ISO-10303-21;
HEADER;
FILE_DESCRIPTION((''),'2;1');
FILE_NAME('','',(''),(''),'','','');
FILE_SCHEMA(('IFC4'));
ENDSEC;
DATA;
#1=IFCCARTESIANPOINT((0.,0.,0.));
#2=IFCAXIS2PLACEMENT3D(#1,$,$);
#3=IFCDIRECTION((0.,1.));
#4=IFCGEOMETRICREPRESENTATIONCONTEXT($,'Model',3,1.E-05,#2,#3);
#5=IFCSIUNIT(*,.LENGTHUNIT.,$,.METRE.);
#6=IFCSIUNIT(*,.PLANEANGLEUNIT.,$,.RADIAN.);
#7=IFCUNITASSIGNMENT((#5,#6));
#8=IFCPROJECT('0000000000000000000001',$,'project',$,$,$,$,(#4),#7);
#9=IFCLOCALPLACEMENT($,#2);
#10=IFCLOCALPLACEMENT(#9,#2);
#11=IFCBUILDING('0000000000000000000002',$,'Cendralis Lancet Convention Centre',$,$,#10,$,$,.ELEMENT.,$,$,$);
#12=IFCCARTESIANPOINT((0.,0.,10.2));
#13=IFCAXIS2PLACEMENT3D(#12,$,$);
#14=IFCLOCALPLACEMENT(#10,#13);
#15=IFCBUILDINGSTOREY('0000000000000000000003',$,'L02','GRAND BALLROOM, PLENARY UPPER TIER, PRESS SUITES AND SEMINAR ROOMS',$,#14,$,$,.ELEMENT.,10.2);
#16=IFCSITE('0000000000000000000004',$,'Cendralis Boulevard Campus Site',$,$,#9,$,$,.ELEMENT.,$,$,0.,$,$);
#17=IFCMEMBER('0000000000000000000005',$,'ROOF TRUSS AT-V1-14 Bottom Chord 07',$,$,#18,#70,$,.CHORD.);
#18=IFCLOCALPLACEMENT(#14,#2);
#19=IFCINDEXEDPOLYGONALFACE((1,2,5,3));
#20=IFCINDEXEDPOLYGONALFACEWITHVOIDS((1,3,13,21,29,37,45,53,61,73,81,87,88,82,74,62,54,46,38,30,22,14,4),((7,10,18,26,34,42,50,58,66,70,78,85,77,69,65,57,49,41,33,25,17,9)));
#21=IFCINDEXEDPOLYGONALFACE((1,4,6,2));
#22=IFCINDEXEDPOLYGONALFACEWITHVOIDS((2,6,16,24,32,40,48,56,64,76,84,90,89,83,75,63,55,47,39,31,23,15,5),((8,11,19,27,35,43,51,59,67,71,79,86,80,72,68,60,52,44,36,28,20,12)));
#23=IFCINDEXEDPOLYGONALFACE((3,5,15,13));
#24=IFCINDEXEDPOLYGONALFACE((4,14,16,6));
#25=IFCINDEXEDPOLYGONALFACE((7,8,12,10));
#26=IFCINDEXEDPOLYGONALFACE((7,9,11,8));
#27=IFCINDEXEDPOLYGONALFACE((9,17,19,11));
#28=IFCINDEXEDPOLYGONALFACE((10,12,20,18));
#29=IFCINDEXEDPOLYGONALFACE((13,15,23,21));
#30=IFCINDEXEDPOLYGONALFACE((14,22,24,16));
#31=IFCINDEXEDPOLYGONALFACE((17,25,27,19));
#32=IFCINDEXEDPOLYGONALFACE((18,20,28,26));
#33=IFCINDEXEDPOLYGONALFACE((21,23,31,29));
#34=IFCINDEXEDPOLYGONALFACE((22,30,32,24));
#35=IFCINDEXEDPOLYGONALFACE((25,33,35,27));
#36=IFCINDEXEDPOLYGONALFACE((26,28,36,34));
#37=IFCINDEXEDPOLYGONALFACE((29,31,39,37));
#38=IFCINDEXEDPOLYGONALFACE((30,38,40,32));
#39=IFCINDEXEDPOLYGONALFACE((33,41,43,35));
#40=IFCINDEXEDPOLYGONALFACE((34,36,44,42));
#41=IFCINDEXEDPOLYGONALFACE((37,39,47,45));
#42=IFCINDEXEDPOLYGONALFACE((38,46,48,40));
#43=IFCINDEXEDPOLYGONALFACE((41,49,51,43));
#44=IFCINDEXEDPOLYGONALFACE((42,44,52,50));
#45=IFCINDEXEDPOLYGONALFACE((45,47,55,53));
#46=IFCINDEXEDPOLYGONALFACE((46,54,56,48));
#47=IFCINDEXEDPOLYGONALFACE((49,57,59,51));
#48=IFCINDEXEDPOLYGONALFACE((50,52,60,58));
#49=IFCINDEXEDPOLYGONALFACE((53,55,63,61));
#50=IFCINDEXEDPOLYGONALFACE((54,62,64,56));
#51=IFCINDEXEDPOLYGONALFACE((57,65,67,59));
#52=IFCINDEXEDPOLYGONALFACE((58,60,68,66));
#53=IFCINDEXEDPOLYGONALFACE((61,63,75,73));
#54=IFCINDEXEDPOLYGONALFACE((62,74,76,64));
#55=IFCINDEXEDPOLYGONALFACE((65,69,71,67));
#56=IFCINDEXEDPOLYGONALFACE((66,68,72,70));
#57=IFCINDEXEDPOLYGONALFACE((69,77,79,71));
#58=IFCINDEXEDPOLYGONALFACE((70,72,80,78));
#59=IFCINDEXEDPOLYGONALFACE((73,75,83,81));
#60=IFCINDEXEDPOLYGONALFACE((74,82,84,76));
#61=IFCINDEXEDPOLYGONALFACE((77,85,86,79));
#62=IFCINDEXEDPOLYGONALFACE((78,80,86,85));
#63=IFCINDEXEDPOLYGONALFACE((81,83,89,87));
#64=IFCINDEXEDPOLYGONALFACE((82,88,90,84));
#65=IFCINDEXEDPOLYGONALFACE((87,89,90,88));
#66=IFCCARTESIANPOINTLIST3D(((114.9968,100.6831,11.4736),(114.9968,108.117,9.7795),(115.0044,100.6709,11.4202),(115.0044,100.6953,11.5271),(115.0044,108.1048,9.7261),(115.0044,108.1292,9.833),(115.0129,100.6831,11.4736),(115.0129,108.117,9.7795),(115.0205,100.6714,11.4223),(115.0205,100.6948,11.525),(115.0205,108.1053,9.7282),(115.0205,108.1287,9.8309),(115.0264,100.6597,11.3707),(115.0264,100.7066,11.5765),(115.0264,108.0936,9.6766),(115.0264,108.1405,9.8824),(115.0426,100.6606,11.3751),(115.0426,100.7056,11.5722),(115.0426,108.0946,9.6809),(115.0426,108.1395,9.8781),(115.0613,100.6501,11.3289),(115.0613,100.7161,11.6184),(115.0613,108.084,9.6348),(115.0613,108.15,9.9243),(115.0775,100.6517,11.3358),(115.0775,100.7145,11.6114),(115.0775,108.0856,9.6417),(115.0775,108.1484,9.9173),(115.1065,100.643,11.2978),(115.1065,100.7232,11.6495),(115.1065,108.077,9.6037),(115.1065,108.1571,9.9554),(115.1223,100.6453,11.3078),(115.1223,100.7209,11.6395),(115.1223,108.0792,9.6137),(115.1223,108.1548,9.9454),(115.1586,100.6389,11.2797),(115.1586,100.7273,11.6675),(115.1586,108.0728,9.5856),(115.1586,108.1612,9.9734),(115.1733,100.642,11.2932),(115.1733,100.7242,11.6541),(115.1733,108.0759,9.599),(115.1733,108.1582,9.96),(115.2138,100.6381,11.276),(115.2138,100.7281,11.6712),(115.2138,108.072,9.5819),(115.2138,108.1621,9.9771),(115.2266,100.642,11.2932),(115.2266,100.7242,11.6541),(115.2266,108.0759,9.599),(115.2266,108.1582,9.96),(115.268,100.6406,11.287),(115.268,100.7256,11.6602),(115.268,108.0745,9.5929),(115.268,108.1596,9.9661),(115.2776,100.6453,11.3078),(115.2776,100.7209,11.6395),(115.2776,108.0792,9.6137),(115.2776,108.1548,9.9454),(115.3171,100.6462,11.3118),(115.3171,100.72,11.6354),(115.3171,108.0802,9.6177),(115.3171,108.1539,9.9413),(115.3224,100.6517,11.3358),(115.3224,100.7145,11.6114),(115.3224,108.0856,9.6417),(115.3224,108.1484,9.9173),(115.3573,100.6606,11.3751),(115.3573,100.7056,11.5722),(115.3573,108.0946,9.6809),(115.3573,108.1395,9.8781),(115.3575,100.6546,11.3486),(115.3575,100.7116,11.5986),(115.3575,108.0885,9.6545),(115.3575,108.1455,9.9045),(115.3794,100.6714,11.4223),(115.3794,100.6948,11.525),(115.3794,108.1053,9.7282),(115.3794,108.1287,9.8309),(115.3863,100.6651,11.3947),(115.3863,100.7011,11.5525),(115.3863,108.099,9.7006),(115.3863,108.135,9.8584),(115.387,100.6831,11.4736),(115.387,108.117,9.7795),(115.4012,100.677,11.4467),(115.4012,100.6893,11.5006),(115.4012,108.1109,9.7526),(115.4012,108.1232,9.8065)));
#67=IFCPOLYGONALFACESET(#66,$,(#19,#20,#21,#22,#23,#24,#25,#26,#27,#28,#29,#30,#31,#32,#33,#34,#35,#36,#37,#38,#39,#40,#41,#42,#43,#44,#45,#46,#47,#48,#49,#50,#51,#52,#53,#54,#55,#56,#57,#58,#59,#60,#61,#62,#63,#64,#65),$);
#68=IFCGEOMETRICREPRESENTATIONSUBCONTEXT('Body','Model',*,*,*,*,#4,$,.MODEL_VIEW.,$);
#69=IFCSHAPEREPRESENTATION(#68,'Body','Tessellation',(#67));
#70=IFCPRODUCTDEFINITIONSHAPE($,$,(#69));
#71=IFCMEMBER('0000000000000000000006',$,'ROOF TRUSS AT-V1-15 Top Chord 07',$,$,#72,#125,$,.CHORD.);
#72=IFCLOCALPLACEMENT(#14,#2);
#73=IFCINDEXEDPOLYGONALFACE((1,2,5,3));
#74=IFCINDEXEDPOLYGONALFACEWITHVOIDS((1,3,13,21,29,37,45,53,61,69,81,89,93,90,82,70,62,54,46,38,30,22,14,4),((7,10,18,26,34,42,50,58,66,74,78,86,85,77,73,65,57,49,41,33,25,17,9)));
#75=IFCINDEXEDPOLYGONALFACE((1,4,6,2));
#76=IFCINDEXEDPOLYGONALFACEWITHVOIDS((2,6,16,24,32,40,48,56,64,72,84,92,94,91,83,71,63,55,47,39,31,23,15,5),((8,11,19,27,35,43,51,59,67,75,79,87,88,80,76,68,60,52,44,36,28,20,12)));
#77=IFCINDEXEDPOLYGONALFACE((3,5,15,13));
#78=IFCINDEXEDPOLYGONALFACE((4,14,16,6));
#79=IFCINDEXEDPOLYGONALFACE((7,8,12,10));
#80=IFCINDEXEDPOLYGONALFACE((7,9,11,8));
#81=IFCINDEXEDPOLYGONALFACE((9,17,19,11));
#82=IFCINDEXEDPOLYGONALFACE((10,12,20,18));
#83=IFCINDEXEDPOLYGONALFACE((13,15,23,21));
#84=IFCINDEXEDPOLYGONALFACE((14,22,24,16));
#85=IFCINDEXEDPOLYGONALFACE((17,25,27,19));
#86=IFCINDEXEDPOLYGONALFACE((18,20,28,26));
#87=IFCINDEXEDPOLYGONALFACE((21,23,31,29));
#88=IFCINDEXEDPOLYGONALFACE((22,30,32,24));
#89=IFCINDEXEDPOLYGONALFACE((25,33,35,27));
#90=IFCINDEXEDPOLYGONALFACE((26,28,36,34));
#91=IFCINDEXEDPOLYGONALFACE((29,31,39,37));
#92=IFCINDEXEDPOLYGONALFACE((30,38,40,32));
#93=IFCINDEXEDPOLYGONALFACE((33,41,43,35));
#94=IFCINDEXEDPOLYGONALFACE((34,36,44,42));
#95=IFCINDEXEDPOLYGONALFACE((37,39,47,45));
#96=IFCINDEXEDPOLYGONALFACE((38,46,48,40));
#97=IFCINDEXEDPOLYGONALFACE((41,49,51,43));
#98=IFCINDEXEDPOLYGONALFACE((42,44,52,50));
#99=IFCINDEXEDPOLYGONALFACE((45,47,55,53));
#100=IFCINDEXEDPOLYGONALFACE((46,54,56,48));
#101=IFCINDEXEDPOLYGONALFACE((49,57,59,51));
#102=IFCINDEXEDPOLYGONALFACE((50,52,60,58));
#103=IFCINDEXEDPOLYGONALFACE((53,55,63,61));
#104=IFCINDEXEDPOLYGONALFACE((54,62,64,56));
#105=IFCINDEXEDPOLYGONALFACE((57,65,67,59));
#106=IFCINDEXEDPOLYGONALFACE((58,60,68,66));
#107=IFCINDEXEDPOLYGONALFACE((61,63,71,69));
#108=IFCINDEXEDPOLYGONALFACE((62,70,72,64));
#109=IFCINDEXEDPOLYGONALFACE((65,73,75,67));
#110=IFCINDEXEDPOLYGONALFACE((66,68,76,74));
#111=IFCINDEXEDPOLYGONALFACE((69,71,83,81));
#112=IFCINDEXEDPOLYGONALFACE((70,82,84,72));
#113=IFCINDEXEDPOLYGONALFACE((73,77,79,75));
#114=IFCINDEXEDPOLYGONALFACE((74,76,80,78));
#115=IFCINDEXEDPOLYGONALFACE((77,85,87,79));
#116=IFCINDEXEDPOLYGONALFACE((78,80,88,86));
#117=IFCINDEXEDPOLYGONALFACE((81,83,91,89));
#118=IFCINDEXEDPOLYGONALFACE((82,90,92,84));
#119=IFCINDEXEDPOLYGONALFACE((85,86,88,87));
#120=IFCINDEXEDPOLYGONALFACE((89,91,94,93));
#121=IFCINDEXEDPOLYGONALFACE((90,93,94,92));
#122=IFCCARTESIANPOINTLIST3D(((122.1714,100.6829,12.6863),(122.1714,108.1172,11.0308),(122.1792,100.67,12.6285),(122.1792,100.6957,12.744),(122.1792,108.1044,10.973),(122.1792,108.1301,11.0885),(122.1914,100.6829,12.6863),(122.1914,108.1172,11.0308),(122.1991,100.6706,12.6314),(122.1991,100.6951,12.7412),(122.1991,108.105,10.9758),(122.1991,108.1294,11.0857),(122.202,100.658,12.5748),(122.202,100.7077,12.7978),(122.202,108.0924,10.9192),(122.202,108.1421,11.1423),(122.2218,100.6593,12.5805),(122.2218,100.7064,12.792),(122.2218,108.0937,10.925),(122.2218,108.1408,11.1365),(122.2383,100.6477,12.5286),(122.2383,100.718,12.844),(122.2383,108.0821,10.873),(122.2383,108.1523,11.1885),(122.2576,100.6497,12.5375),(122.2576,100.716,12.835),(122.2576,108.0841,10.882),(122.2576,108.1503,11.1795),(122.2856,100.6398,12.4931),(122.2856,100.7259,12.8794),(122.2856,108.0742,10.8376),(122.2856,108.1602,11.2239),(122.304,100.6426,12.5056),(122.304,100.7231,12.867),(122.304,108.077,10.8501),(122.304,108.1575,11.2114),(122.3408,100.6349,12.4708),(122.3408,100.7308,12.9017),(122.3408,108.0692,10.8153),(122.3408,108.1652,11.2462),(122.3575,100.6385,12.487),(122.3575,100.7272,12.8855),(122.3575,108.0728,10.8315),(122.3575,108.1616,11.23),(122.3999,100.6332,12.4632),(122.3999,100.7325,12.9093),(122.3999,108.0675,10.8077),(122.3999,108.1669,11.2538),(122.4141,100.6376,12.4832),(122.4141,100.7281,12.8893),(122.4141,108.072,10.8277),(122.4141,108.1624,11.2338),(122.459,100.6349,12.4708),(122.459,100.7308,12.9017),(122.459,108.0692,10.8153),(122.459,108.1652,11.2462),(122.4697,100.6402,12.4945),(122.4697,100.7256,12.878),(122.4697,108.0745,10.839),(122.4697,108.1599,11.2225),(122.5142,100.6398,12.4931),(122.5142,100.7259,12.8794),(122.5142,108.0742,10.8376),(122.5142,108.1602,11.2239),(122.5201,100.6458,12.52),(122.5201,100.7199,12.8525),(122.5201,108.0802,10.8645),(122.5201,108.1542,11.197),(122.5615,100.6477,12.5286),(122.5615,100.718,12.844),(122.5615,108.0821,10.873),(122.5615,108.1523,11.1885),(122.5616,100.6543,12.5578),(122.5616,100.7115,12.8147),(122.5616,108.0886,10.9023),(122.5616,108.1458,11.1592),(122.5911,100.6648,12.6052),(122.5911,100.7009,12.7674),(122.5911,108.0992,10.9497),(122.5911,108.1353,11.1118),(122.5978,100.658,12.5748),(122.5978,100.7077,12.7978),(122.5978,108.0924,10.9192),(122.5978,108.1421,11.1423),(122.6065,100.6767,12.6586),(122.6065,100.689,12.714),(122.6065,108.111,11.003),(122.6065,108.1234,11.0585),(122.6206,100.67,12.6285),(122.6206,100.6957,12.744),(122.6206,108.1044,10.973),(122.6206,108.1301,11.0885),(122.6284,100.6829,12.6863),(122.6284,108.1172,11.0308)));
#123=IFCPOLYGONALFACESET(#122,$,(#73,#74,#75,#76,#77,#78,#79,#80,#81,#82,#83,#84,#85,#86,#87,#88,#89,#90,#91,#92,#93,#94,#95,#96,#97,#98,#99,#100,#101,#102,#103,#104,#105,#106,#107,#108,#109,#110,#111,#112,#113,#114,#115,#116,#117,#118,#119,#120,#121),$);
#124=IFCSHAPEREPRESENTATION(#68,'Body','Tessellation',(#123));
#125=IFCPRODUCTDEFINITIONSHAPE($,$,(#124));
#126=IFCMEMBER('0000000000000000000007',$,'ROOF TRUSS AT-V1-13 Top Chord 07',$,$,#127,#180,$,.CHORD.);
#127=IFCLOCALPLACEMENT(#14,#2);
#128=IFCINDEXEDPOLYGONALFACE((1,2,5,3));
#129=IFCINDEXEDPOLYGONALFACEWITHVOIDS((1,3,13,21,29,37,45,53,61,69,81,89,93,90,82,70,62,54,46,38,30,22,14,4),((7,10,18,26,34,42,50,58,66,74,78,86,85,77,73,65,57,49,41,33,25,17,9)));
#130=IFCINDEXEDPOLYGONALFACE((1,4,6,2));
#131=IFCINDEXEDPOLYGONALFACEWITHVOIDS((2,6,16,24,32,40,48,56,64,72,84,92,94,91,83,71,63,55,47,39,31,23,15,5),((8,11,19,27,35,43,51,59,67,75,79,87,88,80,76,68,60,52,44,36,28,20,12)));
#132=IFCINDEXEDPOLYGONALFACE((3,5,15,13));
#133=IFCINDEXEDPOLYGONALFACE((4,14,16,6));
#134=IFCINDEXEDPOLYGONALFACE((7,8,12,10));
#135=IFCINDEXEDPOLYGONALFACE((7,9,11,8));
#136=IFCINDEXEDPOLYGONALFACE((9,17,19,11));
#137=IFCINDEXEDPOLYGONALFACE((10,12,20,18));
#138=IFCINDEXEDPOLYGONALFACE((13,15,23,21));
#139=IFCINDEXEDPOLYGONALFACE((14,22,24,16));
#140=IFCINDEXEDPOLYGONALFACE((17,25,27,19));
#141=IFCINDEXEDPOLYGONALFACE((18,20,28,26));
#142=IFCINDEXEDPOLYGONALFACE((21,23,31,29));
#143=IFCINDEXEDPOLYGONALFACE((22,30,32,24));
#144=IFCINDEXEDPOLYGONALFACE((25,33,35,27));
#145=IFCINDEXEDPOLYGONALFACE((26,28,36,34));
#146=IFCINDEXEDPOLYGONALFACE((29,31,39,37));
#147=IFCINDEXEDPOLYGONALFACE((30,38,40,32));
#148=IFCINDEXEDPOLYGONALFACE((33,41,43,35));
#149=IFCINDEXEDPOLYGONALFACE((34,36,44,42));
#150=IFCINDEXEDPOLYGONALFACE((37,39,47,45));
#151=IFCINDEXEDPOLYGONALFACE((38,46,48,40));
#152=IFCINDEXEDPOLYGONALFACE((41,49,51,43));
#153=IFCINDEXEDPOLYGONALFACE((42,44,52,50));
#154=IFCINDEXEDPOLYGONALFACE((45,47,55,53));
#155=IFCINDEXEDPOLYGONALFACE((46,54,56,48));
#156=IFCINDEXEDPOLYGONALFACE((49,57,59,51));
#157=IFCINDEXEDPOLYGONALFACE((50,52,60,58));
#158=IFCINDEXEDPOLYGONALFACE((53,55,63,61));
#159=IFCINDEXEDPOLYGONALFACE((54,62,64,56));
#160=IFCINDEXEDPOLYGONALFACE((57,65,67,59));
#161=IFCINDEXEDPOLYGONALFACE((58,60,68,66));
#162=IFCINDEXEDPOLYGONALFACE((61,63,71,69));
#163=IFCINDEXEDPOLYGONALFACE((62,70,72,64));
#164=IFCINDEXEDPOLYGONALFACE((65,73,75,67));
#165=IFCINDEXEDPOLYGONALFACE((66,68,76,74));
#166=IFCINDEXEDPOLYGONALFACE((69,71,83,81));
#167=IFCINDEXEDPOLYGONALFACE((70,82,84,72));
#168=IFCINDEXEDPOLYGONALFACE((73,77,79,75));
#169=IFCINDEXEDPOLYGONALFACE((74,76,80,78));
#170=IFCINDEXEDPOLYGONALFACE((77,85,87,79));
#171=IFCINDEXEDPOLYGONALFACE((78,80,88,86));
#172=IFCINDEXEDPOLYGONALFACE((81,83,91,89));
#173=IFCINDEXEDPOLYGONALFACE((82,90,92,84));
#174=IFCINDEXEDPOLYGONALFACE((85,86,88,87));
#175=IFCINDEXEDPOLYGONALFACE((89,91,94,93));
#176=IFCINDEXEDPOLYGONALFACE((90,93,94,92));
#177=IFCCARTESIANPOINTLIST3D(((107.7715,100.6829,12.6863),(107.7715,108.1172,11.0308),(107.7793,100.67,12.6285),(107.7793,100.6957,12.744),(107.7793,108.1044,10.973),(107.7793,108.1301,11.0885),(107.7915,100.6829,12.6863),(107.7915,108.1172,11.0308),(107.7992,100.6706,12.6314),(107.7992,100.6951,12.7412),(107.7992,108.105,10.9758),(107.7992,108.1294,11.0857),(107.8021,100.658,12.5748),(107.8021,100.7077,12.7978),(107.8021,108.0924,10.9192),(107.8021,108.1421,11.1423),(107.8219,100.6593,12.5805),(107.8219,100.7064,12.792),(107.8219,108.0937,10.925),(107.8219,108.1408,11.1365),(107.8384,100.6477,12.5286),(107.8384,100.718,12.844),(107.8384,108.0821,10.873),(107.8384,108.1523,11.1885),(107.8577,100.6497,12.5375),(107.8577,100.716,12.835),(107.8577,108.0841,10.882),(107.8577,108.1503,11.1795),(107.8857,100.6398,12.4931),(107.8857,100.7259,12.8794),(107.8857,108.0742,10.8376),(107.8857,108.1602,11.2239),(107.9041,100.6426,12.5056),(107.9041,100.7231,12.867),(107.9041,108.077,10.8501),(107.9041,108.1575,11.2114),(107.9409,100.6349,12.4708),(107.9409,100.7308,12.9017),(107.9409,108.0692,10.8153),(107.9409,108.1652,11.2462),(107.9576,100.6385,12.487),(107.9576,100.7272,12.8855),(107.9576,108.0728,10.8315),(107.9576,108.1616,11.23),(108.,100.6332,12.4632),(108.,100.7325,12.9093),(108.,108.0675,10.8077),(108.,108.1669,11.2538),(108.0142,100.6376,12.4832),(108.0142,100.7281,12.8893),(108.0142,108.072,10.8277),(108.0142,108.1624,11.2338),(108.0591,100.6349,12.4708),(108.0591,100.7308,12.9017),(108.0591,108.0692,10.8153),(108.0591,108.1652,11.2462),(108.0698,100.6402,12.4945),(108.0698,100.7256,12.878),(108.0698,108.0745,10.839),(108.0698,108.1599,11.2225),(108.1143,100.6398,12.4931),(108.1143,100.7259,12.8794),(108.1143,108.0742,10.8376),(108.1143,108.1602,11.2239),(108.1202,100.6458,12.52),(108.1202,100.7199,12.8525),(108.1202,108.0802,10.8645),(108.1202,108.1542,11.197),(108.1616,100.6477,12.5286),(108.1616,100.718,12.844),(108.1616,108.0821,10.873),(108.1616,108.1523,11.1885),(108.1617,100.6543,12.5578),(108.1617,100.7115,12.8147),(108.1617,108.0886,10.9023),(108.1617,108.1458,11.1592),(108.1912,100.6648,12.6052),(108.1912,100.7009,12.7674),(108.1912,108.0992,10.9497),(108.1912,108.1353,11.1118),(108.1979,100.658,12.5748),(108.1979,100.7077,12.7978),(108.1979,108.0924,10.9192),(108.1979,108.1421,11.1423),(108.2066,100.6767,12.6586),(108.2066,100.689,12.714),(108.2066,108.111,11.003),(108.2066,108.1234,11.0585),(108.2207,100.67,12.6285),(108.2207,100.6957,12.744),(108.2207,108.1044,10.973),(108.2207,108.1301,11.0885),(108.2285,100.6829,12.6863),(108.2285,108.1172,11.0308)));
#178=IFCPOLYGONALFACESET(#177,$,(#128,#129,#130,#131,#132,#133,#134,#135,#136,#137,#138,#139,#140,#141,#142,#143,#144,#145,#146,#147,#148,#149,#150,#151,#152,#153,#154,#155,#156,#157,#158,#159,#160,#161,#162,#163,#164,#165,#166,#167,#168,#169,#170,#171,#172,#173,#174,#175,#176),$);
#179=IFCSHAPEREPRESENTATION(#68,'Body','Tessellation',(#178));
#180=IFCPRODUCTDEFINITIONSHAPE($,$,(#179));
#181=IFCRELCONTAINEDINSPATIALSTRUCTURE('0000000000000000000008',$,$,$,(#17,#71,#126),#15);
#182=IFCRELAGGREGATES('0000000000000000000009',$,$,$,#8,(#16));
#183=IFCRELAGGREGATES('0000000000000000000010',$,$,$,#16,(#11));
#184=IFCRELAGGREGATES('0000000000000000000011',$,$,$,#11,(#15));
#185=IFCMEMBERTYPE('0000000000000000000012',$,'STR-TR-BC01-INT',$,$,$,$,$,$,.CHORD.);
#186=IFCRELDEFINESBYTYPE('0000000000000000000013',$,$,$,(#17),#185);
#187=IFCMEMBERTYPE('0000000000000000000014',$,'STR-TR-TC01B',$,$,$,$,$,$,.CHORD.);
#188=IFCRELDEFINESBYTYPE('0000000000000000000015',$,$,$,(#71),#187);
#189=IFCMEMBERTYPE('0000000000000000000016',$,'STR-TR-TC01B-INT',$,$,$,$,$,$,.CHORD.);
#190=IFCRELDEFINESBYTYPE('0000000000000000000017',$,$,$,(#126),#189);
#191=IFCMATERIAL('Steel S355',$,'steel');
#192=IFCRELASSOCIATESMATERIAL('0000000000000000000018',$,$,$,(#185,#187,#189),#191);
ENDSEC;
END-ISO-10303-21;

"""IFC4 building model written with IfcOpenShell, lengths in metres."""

from ifc_helpers import new_model, si_unit, direction, frame, origin, origin_2d, place, context, subcontext, project, spatial, hollow_circle, extrude, material, material_profile, profile_set, type_object, element, save


model = new_model("IFC4")

# Units and contexts
model_context = context("Model", 3, precision=1e-05, world=origin(), true_north=direction((0.0, 1.0)))
body_context = subcontext(model_context, "Body", "Model", "MODEL_VIEW")
ifc_project = project(units=[si_unit("LENGTHUNIT", "METRE"), si_unit("PLANEANGLEUNIT", "RADIAN")], contexts=[model_context])

# Site, building, storey
site_placement = place(None, origin())
site = spatial("IfcSite", under=ifc_project, at=site_placement, Name="Cendralis Boulevard Campus Site", CompositionType="ELEMENT", RefElevation=0.0)
building_placement = place(site_placement, origin())
building = spatial("IfcBuilding", under=site, at=building_placement, Name="Cendralis Lancet Convention Centre", CompositionType="ELEMENT")
storey_placement = place(building_placement, frame((0.0, 0.0, 10.2)))
storey = spatial("IfcBuildingStorey", under=building, at=storey_placement, Name="L02", Description="GRAND BALLROOM, PLENARY UPPER TIER, PRESS SUITES AND SEMINAR ROOMS", CompositionType="ELEMENT", Elevation=10.2)

# Shared definitions
ifc_material_1 = material(Name="Steel S355", Category="steel")

# Members
ifc_material_profile_1 = material_profile(ifc_material_1, hollow_circle(Radius=0.2031, WallThickness=0.0161, at=origin_2d()), Name="CHS 406.4x16.0")
ifc_profile_set_1 = profile_set([ifc_material_profile_1], Name="Steel S355")
member_type_1 = type_object("IfcMemberType", Name="STR-TR-BC01-INT", PredefinedType="CHORD", material=ifc_profile_set_1)
for number, where, z_axis, x_axis, name in (
    (1, (115.2, 100.6831, 11.4736), (0.0, 0.975003, -0.222193), (-1.0, 0.0, 0.0), "ROOF TRUSS AT-V1-14 Bottom Chord 07"),
):
    element("IfcMember", number, at=place(storey_placement, frame(where, z_axis=z_axis, x_axis=x_axis)), inside=storey, type_object=member_type_1, Name=name, PredefinedType="CHORD", context=body_context, shape_type="SweptSolid", body=[
        extrude(hollow_circle(Radius=0.2031, WallThickness=0.0161, at=origin_2d()), origin(), (0.0, 0.0, 1.0), 7.6245),
    ])
ifc_material_profile_2 = material_profile(ifc_material_1, hollow_circle(Radius=0.2285, WallThickness=0.02, at=origin_2d()), Name="CHS 457.0x20.0")
ifc_profile_set_2 = profile_set([ifc_material_profile_2], Name="Steel S355")
member_type_2 = type_object("IfcMemberType", Name="STR-TR-TC01B", PredefinedType="CHORD", material=ifc_profile_set_2)
member_1_placement = place(storey_placement, frame((122.3999, 100.6829, 12.6863), z_axis=(0.0, 0.976091, -0.217361), x_axis=(-1.0, 0.0, 0.0)))
element("IfcMember", 2, at=member_1_placement, inside=storey, type_object=member_type_2, Name="ROOF TRUSS AT-V1-15 Top Chord 07", PredefinedType="CHORD", context=body_context, shape_type="SweptSolid", body=[
    extrude(hollow_circle(Radius=0.2285, WallThickness=0.02, at=origin_2d()), origin(), (0.0, 0.0, 1.0), 7.6165),
])
ifc_material_profile_3 = material_profile(ifc_material_1, hollow_circle(Radius=0.2285, WallThickness=0.02, at=origin_2d()), Name="CHS 457.0x20.0")
ifc_profile_set_3 = profile_set([ifc_material_profile_3], Name="Steel S355")
member_type_3 = type_object("IfcMemberType", Name="STR-TR-TC01B-INT", PredefinedType="CHORD", material=ifc_profile_set_3)
member_2_placement = place(storey_placement, frame((108.0, 100.6829, 12.6863), z_axis=(0.0, 0.976091, -0.217361), x_axis=(-1.0, 0.0, 0.0)))
element("IfcMember", 3, at=member_2_placement, inside=storey, type_object=member_type_3, Name="ROOF TRUSS AT-V1-13 Top Chord 07", PredefinedType="CHORD", context=body_context, shape_type="SweptSolid", body=[
    extrude(hollow_circle(Radius=0.2285, WallThickness=0.02, at=origin_2d()), origin(), (0.0, 0.0, 1.0), 7.6165),
])

save(model, "model.ifc")
